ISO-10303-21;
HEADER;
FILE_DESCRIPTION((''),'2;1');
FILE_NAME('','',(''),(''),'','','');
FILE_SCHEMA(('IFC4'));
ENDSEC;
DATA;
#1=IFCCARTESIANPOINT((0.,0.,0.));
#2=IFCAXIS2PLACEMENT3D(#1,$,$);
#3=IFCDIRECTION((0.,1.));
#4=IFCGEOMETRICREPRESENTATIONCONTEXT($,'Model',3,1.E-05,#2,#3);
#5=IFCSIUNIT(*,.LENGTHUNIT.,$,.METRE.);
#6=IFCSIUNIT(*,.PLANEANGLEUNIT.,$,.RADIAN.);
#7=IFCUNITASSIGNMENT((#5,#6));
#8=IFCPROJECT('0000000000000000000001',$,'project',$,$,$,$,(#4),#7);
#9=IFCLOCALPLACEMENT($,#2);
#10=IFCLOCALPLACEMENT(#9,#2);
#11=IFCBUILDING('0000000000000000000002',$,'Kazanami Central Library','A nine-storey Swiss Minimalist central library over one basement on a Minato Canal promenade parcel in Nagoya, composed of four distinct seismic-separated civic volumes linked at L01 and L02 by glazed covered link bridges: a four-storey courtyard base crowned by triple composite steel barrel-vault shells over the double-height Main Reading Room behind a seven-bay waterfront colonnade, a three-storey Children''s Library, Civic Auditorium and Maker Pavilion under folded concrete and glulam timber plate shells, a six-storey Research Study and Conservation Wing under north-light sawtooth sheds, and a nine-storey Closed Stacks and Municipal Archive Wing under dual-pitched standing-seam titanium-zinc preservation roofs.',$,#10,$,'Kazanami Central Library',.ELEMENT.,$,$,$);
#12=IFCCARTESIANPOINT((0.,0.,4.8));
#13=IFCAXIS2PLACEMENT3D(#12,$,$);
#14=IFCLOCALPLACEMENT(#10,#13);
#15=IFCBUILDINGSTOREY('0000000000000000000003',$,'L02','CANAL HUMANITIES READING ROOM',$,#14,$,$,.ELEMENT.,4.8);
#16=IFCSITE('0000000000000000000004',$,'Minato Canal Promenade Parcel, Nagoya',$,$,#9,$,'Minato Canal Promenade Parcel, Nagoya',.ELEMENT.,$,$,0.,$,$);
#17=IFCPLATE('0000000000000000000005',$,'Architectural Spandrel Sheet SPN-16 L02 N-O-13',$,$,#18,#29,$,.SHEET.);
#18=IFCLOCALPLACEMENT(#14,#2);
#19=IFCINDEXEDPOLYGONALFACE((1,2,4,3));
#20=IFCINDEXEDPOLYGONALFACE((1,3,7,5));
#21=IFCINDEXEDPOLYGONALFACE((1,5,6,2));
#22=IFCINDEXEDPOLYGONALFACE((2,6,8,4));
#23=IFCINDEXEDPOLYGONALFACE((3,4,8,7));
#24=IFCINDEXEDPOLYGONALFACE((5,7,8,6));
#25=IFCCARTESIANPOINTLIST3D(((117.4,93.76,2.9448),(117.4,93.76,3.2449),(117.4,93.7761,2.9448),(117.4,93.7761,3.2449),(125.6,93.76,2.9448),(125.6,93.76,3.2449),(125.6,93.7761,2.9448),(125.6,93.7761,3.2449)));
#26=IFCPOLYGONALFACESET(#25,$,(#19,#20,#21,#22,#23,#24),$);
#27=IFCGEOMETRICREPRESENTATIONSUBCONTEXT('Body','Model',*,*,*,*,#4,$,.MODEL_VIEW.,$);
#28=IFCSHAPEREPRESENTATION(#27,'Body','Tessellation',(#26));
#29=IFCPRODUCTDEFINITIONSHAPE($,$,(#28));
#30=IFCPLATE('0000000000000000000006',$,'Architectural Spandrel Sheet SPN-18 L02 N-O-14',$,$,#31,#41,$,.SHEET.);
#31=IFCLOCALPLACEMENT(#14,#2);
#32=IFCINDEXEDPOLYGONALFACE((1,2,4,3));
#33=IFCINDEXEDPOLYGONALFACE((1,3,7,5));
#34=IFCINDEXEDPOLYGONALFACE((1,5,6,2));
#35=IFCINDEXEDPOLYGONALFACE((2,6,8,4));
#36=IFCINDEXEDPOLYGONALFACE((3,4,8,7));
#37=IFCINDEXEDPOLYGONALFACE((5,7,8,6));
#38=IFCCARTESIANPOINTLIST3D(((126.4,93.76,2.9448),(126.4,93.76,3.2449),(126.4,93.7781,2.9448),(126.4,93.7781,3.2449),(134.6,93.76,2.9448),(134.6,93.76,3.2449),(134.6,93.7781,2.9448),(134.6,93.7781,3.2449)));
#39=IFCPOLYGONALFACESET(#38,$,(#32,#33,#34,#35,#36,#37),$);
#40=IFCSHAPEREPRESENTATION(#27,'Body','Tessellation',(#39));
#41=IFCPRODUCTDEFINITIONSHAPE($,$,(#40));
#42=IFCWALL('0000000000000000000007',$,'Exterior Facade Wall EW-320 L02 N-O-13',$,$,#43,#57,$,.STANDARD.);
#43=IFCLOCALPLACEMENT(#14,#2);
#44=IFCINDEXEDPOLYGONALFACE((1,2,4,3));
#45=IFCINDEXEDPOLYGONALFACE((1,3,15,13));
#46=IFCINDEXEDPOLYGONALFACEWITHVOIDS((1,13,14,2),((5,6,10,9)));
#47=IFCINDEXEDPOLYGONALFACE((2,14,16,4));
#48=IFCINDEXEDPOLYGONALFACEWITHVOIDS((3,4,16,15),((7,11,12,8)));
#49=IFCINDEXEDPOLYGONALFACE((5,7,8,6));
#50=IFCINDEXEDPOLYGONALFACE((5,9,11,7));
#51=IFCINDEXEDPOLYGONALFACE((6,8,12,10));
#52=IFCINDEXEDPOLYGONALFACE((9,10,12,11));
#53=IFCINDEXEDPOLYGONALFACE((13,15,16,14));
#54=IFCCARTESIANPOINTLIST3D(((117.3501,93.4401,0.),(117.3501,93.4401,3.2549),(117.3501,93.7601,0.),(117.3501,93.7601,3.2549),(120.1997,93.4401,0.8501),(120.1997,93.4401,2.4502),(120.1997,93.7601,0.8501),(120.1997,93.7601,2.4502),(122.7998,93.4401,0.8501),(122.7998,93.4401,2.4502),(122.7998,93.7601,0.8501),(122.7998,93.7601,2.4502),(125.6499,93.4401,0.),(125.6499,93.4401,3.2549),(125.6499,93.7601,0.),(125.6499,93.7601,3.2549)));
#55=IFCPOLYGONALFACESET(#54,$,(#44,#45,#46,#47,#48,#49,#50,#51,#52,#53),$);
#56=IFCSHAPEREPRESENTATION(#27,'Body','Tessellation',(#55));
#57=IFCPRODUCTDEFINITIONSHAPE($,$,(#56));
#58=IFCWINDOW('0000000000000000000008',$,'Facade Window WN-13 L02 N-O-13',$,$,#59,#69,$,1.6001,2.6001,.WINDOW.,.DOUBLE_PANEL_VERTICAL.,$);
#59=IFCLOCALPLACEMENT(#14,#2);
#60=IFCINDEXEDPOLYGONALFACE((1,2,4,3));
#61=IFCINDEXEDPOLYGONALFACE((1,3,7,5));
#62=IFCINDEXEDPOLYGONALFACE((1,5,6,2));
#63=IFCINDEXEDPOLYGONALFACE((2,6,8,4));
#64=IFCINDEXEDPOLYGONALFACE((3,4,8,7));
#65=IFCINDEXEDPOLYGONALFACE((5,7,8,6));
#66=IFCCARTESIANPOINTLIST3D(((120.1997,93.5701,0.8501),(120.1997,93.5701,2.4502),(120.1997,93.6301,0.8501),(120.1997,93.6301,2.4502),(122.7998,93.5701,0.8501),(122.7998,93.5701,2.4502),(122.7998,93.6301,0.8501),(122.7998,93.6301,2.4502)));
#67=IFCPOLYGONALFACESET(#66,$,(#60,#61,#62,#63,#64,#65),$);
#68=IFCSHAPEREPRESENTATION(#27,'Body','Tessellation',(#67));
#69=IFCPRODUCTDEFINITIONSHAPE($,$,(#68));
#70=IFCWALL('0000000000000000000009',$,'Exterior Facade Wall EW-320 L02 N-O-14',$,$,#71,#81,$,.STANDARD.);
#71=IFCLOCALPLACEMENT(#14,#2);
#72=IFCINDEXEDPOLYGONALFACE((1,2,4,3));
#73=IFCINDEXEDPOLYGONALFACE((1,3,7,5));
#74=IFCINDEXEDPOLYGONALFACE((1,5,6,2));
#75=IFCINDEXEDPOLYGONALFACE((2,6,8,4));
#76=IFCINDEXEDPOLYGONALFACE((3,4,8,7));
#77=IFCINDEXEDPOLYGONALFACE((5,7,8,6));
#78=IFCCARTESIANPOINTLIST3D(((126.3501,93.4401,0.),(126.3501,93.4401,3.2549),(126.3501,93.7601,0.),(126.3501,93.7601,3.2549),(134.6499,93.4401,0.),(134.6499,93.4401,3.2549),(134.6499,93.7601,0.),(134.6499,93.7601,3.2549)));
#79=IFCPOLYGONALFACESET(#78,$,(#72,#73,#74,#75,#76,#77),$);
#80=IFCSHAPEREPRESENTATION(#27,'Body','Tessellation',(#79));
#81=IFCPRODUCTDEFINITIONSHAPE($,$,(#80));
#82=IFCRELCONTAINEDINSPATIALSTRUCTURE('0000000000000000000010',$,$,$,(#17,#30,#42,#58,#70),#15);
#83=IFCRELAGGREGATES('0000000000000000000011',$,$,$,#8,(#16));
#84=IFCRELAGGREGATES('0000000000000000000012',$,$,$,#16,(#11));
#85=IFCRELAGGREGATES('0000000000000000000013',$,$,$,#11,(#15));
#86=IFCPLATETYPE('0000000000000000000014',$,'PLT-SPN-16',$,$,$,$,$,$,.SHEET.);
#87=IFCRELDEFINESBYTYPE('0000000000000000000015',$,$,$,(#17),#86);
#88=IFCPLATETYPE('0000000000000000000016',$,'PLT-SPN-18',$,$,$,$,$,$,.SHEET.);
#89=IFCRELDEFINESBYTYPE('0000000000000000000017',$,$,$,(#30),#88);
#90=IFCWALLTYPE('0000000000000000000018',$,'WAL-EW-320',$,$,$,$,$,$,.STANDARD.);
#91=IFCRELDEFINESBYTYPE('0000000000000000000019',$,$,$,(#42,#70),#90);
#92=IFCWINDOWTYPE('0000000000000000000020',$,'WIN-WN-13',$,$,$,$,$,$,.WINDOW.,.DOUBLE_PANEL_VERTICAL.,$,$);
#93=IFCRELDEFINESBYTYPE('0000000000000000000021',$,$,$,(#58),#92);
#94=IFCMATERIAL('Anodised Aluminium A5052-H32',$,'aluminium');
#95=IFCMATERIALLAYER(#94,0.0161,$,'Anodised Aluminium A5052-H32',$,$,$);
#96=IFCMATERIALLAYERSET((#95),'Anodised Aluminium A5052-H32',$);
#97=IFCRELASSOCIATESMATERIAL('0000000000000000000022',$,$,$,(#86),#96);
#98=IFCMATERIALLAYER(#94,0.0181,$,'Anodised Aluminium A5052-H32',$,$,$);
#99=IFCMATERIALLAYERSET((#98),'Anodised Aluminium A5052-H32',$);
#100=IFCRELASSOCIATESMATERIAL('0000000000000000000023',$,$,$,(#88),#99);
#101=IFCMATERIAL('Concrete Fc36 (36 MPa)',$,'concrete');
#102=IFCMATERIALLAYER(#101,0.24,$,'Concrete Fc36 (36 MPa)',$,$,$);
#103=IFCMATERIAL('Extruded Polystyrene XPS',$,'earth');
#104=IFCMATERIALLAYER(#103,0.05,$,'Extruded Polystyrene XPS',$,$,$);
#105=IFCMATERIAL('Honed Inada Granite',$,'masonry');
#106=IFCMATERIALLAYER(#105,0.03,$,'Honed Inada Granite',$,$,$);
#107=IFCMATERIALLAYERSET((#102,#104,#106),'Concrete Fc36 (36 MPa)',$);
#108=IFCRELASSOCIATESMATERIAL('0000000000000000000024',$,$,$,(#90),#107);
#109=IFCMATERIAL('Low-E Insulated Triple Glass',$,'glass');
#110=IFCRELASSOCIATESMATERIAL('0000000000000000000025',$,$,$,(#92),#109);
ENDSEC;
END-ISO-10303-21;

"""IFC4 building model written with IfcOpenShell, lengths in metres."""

from ifc_helpers import new_model, si_unit, direction, frame, frame_2d, origin, origin_2d, place, context, subcontext, project, spatial, rectangle, extrude, material, layer, layer_set, type_object, element, fill, save


model = new_model("IFC4")

# Units and contexts
model_context = context("Model", 3, precision=1e-05, world=origin(), true_north=direction((0.0, 1.0)))
body_context = subcontext(model_context, "Body", "Model", "MODEL_VIEW")
ifc_project = project(units=[si_unit("LENGTHUNIT", "METRE"), si_unit("PLANEANGLEUNIT", "RADIAN")], contexts=[model_context])

# Site, building, storey
site_placement = place(None, origin())
site = spatial("IfcSite", under=ifc_project, at=site_placement, Name="Minato Canal Promenade Parcel, Nagoya", LongName="Minato Canal Promenade Parcel, Nagoya", CompositionType="ELEMENT", RefElevation=0.0)
building_placement = place(site_placement, origin())
building = spatial("IfcBuilding", under=site, at=building_placement, Name="Kazanami Central Library", Description="A nine-storey Swiss Minimalist central library over one basement on a Minato Canal promenade parcel in Nagoya, composed of four distinct seismic-separated civic volumes linked at L01 and L02 by glazed covered link bridges: a four-storey courtyard base crowned by triple composite steel barrel-vault shells over the double-height Main Reading Room behind a seven-bay waterfront colonnade, a three-storey Children's Library, Civic Auditorium and Maker Pavilion under folded concrete and glulam timber plate shells, a six-storey Research Study and Conservation Wing under north-light sawtooth sheds, and a nine-storey Closed Stacks and Municipal Archive Wing under dual-pitched standing-seam titanium-zinc preservation roofs.", LongName="Kazanami Central Library", CompositionType="ELEMENT")
storey_placement = place(building_placement, frame((0.0, 0.0, 4.8)))
storey = spatial("IfcBuildingStorey", under=building, at=storey_placement, Name="L02", Description="CANAL HUMANITIES READING ROOM", CompositionType="ELEMENT", Elevation=4.8)

# Shared definitions
ifc_material_1 = material(Name="Low-E Insulated Triple Glass", Category="glass")
ifc_material_2 = material(Name="Anodised Aluminium A5052-H32", Category="aluminium")

# Plates
ifc_layer_1 = layer(ifc_material_2, 0.0161, Name="Anodised Aluminium A5052-H32")
ifc_layer_set_1 = layer_set([ifc_layer_1], Name="Anodised Aluminium A5052-H32")
plate_type_1 = type_object("IfcPlateType", Name="PLT-SPN-16", PredefinedType="SHEET", material=ifc_layer_set_1)
plate_1_placement = place(storey_placement, frame((121.5, 93.7681, 2.9448), z_axis=(0.0, 0.0, 1.0), x_axis=(-1.0, 0.0, 0.0)))
element("IfcPlate", 1, at=plate_1_placement, inside=storey, type_object=plate_type_1, Name="Architectural Spandrel Sheet SPN-16 L02 N-O-13", PredefinedType="SHEET", context=body_context, shape_type="SweptSolid", body=[
    extrude(rectangle(XDim=8.2, YDim=0.0161, at=origin_2d()), origin(), (0.0, 0.0, 1.0), 0.3),
])
ifc_layer_2 = layer(ifc_material_2, 0.0181, Name="Anodised Aluminium A5052-H32")
ifc_layer_set_2 = layer_set([ifc_layer_2], Name="Anodised Aluminium A5052-H32")
plate_type_2 = type_object("IfcPlateType", Name="PLT-SPN-18", PredefinedType="SHEET", material=ifc_layer_set_2)
plate_2_placement = place(storey_placement, frame((130.5, 93.769, 2.9448), z_axis=(0.0, 0.0, 1.0), x_axis=(-1.0, 0.0, 0.0)))
element("IfcPlate", 2, at=plate_2_placement, inside=storey, type_object=plate_type_2, Name="Architectural Spandrel Sheet SPN-18 L02 N-O-14", PredefinedType="SHEET", context=body_context, shape_type="SweptSolid", body=[
    extrude(rectangle(XDim=8.2, YDim=0.0181, at=origin_2d()), origin(), (0.0, 0.0, 1.0), 0.3),
])

# Wall, opening, window
ifc_material_3 = material(Name="Concrete Fc36 (36 MPa)", Category="concrete")
ifc_layer_3 = layer(ifc_material_3, 0.24, Name="Concrete Fc36 (36 MPa)")
ifc_material_4 = material(Name="Extruded Polystyrene XPS", Category="earth")
ifc_layer_4 = layer(ifc_material_4, 0.05, Name="Extruded Polystyrene XPS")
ifc_material_5 = material(Name="Honed Inada Granite", Category="masonry")
ifc_layer_5 = layer(ifc_material_5, 0.03, Name="Honed Inada Granite")
ifc_layer_set_3 = layer_set([ifc_layer_3, ifc_layer_4, ifc_layer_5], Name="Concrete Fc36 (36 MPa)")
wall_type = type_object("IfcWallType", Name="WAL-EW-320", PredefinedType="STANDARD", material=ifc_layer_set_3)
wall_1_placement = place(storey_placement, frame((125.6499, 93.6001, 0.0), z_axis=(0.0, 0.0, 1.0), x_axis=(-1.0, 0.0, 0.0)))
wall_1 = element("IfcWall", 3, at=wall_1_placement, inside=storey, type_object=wall_type, Name="Exterior Facade Wall EW-320 L02 N-O-13", PredefinedType="STANDARD", context=body_context, shape_type="SweptSolid", body=[
    extrude(rectangle(XDim=8.2998, YDim=0.3201, at=frame_2d((4.1499, 0.0))), origin(), (0.0, 0.0, 1.0), 3.2549),
])
opening_placement = place(wall_1_placement, frame((2.8501, 0.0, 0.8501)))
opening = element("IfcOpeningElement", 4, at=opening_placement, cuts=wall_1, PredefinedType="OPENING", context=body_context, shape_type="SweptSolid", body=[
    extrude(rectangle(XDim=2.6001, YDim=1.6001, at=frame_2d((1.3, 0.8))), frame((0.0, 0.1719, 0.0), z_axis=(0.0, -1.0, 0.0), x_axis=(1.0, 0.0, 0.0)), (0.0, 0.0, 1.0), 0.344),
])
window_type = type_object("IfcWindowType", Name="WIN-WN-13", PartitioningType="DOUBLE_PANEL_VERTICAL", PredefinedType="WINDOW", material=ifc_material_1)
window_placement = place(opening_placement, origin())
window = element("IfcWindow", 5, at=window_placement, inside=storey, type_object=window_type, Name="Facade Window WN-13 L02 N-O-13", OverallHeight=1.6001, OverallWidth=2.6001, PartitioningType="DOUBLE_PANEL_VERTICAL", PredefinedType="WINDOW", context=body_context, shape_type="SweptSolid", body=[
    extrude(rectangle(XDim=2.6001, YDim=1.6001, at=frame_2d((1.3, 0.8))), frame((0.0, 0.03, 0.0), z_axis=(0.0, -1.0, 0.0), x_axis=(1.0, 0.0, 0.0)), (0.0, 0.0, 1.0), 0.0601),
])
fill(opening, window)

# Wall
wall_2_placement = place(storey_placement, frame((134.6499, 93.6001, 0.0), z_axis=(0.0, 0.0, 1.0), x_axis=(-1.0, 0.0, 0.0)))
element("IfcWall", 6, at=wall_2_placement, inside=storey, type_object=wall_type, Name="Exterior Facade Wall EW-320 L02 N-O-14", PredefinedType="STANDARD", context=body_context, shape_type="SweptSolid", body=[
    extrude(rectangle(XDim=8.2998, YDim=0.3201, at=frame_2d((4.1499, 0.0))), origin(), (0.0, 0.0, 1.0), 3.2549),
])

save(model, "model.ifc")
